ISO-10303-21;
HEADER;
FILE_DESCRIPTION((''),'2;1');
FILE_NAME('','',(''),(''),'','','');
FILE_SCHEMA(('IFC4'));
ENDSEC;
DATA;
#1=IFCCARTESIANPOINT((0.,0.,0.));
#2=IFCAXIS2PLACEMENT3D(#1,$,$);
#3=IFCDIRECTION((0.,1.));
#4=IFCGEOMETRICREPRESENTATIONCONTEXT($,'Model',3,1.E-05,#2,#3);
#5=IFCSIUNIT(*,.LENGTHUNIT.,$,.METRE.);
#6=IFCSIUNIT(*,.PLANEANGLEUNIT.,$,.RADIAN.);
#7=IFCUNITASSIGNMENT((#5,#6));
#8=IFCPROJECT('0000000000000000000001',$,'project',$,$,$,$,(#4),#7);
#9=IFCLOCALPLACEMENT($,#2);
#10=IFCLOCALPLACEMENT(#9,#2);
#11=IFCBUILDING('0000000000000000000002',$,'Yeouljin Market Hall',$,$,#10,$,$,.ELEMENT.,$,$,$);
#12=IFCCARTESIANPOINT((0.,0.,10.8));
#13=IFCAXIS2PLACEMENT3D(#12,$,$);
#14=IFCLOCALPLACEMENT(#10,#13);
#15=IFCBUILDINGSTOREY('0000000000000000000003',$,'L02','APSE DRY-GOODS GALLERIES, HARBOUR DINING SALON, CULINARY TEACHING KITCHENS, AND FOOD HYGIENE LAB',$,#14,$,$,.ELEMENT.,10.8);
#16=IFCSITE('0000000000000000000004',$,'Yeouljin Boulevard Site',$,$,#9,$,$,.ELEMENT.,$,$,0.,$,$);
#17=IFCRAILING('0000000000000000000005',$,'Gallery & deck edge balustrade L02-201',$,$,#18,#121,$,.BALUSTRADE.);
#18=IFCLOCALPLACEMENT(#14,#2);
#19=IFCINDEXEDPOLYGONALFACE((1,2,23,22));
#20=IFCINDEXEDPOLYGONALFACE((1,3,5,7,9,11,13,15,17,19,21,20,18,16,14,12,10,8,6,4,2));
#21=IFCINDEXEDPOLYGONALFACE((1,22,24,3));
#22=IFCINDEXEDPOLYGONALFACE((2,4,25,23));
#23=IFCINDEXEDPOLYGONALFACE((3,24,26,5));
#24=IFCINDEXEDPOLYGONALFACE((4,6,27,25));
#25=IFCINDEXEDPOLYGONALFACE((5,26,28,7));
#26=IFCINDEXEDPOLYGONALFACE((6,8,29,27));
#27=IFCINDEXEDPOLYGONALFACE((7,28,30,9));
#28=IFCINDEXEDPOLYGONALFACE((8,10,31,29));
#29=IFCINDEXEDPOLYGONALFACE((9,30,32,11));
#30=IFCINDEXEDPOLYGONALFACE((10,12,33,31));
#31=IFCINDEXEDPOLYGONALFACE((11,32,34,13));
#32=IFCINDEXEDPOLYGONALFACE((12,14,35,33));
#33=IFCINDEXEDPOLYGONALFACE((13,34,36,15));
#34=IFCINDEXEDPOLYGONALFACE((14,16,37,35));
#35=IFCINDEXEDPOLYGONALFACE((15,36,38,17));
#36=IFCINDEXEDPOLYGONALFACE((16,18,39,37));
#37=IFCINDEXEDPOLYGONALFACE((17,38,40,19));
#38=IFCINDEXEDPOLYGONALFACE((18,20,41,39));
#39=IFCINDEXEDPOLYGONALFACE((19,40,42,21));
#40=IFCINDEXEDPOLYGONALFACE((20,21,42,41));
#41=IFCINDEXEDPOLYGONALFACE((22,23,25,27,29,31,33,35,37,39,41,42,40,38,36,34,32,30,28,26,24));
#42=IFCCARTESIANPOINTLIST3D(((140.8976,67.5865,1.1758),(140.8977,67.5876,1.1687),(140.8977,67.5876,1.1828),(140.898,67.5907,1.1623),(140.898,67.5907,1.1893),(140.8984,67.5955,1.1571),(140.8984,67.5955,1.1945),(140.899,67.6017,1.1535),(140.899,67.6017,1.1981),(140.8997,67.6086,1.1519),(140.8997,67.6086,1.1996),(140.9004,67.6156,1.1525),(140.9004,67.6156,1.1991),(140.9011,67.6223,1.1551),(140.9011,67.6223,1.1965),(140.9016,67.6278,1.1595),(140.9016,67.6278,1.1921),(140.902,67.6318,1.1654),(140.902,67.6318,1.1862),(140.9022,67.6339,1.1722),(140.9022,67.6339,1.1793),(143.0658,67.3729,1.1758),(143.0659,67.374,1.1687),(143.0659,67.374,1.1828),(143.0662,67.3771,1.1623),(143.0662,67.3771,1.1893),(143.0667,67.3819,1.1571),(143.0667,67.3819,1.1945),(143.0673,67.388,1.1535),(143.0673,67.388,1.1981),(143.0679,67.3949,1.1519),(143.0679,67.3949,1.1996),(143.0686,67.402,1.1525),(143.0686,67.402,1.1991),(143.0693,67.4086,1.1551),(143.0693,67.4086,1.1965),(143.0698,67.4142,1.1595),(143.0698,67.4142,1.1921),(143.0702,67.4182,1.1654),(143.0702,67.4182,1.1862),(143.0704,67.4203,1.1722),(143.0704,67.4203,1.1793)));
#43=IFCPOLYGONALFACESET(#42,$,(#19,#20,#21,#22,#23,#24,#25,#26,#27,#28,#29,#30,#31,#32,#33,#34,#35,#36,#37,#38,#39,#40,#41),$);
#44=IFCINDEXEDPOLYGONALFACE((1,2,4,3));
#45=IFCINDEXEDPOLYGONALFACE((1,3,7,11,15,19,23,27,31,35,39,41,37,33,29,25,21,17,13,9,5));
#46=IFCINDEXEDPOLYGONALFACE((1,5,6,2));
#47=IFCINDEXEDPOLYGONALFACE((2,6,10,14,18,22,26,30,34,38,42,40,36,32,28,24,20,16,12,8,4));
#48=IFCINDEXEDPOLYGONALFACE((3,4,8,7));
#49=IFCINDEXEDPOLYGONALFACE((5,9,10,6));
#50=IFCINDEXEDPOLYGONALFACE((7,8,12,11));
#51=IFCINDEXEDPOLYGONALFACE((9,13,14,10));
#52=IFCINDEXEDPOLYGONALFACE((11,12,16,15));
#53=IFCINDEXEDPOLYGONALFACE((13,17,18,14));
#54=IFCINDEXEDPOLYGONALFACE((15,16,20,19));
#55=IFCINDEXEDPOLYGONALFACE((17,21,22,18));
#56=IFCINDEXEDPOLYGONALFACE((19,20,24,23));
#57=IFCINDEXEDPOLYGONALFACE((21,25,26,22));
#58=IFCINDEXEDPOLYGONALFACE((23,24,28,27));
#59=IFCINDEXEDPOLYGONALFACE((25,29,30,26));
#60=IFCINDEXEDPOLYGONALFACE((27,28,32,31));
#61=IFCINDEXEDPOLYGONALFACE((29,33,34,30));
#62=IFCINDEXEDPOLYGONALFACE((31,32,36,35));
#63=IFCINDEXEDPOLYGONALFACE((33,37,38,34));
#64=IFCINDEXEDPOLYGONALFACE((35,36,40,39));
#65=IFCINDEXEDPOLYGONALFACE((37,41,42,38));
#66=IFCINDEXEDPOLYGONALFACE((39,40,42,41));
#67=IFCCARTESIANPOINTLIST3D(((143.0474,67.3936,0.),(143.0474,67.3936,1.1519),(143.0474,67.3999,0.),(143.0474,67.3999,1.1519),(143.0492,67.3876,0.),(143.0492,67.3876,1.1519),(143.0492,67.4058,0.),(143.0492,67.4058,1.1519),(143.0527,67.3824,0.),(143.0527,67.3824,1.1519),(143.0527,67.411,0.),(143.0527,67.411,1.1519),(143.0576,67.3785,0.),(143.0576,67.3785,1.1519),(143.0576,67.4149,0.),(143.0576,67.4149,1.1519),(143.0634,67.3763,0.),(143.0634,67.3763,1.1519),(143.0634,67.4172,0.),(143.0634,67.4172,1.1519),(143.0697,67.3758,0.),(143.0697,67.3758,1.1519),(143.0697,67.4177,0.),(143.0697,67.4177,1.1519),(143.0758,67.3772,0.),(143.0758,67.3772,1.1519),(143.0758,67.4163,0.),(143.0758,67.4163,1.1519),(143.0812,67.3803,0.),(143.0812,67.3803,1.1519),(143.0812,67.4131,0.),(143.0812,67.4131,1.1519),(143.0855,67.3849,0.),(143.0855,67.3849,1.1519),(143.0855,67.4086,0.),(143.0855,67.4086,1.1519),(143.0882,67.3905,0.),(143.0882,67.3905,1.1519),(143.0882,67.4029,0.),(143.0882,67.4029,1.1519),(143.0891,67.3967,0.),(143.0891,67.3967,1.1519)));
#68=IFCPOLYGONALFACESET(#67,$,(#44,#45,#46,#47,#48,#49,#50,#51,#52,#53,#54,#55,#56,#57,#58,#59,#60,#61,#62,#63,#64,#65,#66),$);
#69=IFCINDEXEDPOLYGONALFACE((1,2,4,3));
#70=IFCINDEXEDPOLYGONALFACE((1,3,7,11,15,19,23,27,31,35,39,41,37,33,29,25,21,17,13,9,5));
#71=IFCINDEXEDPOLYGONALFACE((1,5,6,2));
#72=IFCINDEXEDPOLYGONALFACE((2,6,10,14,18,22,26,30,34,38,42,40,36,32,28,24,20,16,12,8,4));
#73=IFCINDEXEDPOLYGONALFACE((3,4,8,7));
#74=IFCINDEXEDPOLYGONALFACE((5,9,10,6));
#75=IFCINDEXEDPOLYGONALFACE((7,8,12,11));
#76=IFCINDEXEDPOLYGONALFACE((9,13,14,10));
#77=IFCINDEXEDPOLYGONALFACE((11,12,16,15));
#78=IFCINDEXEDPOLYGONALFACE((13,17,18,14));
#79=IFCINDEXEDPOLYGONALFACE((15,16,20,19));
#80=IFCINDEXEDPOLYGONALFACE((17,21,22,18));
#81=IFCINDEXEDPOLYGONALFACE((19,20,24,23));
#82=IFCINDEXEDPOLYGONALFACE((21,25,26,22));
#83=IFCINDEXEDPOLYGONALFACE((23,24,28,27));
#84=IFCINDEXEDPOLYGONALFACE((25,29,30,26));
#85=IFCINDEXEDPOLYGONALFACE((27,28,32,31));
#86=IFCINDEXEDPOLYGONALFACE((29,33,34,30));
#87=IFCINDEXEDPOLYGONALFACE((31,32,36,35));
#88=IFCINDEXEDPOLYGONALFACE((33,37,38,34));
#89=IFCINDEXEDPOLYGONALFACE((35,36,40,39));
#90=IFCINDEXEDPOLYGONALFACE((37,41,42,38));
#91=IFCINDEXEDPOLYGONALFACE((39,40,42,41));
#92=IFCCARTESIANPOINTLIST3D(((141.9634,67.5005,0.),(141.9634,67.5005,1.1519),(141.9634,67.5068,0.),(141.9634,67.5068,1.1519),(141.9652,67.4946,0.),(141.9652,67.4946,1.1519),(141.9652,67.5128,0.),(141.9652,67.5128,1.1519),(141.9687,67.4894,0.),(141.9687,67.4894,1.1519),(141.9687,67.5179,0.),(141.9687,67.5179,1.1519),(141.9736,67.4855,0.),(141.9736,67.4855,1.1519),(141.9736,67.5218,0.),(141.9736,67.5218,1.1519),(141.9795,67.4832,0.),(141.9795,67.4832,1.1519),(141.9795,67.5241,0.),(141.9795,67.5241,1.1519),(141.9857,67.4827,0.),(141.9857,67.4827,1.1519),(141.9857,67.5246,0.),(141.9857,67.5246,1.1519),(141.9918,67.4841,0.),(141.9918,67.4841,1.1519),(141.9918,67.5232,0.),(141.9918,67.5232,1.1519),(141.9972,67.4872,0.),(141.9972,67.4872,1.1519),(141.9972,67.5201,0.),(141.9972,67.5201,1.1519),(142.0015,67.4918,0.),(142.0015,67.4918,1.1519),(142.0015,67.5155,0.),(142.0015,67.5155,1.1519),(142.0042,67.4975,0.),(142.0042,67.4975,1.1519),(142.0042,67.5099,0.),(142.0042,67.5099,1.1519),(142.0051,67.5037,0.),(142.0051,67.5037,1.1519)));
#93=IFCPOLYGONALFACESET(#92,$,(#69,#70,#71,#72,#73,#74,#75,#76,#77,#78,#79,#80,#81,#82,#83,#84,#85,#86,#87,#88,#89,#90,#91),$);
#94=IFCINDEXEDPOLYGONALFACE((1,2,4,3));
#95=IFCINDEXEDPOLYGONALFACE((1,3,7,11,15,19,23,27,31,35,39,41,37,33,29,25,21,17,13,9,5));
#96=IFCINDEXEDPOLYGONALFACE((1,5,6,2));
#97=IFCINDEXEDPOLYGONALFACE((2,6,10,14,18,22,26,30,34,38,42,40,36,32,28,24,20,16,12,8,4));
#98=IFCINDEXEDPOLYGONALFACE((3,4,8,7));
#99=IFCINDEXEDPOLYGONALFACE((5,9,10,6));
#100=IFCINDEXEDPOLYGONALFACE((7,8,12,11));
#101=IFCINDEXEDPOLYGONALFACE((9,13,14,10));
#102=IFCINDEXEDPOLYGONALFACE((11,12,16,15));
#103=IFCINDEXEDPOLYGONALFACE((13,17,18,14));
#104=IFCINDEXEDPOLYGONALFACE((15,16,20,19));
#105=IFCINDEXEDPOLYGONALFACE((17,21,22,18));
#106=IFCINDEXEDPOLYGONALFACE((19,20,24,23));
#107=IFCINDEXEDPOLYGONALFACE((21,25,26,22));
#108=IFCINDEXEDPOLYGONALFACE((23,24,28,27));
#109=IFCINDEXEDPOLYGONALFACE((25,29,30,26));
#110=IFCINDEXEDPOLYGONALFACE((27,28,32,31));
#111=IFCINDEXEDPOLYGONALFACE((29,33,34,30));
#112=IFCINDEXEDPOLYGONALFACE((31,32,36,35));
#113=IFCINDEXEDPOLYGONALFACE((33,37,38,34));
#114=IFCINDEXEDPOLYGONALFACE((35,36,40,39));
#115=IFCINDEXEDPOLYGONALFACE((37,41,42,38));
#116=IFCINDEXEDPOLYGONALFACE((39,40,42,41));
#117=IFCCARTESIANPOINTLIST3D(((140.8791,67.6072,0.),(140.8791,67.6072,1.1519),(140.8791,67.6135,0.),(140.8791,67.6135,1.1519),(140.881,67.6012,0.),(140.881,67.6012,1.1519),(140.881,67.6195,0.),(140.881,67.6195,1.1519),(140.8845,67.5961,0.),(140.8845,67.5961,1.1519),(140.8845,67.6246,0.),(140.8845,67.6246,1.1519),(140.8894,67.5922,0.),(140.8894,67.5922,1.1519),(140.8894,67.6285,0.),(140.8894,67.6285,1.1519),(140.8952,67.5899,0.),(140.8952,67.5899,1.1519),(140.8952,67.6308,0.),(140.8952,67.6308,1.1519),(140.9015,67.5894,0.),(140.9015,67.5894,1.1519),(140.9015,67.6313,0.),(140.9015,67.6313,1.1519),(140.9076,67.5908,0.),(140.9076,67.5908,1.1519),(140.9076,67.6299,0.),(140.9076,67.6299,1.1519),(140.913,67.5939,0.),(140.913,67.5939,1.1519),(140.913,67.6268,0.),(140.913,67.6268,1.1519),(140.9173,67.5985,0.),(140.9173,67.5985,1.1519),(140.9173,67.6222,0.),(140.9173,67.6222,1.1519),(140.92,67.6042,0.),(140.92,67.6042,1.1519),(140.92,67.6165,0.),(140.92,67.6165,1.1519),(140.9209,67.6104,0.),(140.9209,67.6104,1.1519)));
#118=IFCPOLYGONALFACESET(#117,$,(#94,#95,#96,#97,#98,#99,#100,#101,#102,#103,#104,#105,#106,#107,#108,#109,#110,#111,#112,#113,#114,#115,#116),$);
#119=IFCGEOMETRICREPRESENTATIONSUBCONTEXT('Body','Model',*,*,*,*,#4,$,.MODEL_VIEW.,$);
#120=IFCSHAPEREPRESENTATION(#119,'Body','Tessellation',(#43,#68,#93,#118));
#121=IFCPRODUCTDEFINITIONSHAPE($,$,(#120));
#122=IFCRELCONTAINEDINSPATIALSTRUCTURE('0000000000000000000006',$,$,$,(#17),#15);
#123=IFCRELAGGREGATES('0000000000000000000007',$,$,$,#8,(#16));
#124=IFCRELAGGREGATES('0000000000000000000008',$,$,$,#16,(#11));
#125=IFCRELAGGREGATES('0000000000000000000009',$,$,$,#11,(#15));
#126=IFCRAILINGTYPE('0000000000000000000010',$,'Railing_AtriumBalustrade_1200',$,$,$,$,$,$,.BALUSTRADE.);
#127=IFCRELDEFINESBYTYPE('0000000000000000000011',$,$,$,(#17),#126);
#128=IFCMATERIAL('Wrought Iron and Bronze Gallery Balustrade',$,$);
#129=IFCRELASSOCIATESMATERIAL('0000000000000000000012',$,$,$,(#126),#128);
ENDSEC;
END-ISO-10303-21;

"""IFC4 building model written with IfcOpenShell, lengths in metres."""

from ifc_helpers import new_model, si_unit, direction, frame, origin, origin_2d, place, context, subcontext, project, spatial, circle, extrude, material, type_object, element, save


model = new_model("IFC4")

# Units and contexts
model_context = context("Model", 3, precision=1e-05, world=origin(), true_north=direction((0.0, 1.0)))
body_context = subcontext(model_context, "Body", "Model", "MODEL_VIEW")
ifc_project = project(units=[si_unit("LENGTHUNIT", "METRE"), si_unit("PLANEANGLEUNIT", "RADIAN")], contexts=[model_context])

# Site, building, storey
site_placement = place(None, origin())
site = spatial("IfcSite", under=ifc_project, at=site_placement, Name="Yeouljin Boulevard Site", CompositionType="ELEMENT", RefElevation=0.0)
building_placement = place(site_placement, origin())
building = spatial("IfcBuilding", under=site, at=building_placement, Name="Yeouljin Market Hall", CompositionType="ELEMENT")
storey_placement = place(building_placement, frame((0.0, 0.0, 10.8)))
storey = spatial("IfcBuildingStorey", under=building, at=storey_placement, Name="L02", Description="APSE DRY-GOODS GALLERIES, HARBOUR DINING SALON, CULINARY TEACHING KITCHENS, AND FOOD HYGIENE LAB", CompositionType="ELEMENT", Elevation=10.8)

# Railing
ifc_material_1 = material(Name="Wrought Iron and Bronze Gallery Balustrade")
railing_type = type_object("IfcRailingType", Name="Railing_AtriumBalustrade_1200", PredefinedType="BALUSTRADE", material=ifc_material_1)
railing_1_placement = place(storey_placement, frame((143.0681, 67.3967, 0.0)))
element("IfcRailing", 1, at=railing_1_placement, inside=storey, type_object=railing_type, Name="Gallery & deck edge balustrade L02-201", PredefinedType="BALUSTRADE", context=body_context, shape_type="SweptSolid", body=[
    extrude(circle(Radius=0.0239, at=origin_2d()), frame((0.0, 0.0, 1.1758), z_axis=(-0.995181, 0.09805, 0.0), x_axis=(-0.09805, -0.995181, 0.0)), (0.0, 0.0, 1.0), 2.1787),
    extrude(circle(Radius=0.021, at=origin_2d()), origin(), (0.0, 0.0, 1.0), 1.1519),
    extrude(circle(Radius=0.021, at=origin_2d()), frame((-1.084, 0.1069, 0.0)), (0.0, 0.0, 1.0), 1.1519),
    extrude(circle(Radius=0.021, at=origin_2d()), frame((-2.1682, 0.2136, 0.0)), (0.0, 0.0, 1.0), 1.1519),
])

save(model, "model.ifc")
